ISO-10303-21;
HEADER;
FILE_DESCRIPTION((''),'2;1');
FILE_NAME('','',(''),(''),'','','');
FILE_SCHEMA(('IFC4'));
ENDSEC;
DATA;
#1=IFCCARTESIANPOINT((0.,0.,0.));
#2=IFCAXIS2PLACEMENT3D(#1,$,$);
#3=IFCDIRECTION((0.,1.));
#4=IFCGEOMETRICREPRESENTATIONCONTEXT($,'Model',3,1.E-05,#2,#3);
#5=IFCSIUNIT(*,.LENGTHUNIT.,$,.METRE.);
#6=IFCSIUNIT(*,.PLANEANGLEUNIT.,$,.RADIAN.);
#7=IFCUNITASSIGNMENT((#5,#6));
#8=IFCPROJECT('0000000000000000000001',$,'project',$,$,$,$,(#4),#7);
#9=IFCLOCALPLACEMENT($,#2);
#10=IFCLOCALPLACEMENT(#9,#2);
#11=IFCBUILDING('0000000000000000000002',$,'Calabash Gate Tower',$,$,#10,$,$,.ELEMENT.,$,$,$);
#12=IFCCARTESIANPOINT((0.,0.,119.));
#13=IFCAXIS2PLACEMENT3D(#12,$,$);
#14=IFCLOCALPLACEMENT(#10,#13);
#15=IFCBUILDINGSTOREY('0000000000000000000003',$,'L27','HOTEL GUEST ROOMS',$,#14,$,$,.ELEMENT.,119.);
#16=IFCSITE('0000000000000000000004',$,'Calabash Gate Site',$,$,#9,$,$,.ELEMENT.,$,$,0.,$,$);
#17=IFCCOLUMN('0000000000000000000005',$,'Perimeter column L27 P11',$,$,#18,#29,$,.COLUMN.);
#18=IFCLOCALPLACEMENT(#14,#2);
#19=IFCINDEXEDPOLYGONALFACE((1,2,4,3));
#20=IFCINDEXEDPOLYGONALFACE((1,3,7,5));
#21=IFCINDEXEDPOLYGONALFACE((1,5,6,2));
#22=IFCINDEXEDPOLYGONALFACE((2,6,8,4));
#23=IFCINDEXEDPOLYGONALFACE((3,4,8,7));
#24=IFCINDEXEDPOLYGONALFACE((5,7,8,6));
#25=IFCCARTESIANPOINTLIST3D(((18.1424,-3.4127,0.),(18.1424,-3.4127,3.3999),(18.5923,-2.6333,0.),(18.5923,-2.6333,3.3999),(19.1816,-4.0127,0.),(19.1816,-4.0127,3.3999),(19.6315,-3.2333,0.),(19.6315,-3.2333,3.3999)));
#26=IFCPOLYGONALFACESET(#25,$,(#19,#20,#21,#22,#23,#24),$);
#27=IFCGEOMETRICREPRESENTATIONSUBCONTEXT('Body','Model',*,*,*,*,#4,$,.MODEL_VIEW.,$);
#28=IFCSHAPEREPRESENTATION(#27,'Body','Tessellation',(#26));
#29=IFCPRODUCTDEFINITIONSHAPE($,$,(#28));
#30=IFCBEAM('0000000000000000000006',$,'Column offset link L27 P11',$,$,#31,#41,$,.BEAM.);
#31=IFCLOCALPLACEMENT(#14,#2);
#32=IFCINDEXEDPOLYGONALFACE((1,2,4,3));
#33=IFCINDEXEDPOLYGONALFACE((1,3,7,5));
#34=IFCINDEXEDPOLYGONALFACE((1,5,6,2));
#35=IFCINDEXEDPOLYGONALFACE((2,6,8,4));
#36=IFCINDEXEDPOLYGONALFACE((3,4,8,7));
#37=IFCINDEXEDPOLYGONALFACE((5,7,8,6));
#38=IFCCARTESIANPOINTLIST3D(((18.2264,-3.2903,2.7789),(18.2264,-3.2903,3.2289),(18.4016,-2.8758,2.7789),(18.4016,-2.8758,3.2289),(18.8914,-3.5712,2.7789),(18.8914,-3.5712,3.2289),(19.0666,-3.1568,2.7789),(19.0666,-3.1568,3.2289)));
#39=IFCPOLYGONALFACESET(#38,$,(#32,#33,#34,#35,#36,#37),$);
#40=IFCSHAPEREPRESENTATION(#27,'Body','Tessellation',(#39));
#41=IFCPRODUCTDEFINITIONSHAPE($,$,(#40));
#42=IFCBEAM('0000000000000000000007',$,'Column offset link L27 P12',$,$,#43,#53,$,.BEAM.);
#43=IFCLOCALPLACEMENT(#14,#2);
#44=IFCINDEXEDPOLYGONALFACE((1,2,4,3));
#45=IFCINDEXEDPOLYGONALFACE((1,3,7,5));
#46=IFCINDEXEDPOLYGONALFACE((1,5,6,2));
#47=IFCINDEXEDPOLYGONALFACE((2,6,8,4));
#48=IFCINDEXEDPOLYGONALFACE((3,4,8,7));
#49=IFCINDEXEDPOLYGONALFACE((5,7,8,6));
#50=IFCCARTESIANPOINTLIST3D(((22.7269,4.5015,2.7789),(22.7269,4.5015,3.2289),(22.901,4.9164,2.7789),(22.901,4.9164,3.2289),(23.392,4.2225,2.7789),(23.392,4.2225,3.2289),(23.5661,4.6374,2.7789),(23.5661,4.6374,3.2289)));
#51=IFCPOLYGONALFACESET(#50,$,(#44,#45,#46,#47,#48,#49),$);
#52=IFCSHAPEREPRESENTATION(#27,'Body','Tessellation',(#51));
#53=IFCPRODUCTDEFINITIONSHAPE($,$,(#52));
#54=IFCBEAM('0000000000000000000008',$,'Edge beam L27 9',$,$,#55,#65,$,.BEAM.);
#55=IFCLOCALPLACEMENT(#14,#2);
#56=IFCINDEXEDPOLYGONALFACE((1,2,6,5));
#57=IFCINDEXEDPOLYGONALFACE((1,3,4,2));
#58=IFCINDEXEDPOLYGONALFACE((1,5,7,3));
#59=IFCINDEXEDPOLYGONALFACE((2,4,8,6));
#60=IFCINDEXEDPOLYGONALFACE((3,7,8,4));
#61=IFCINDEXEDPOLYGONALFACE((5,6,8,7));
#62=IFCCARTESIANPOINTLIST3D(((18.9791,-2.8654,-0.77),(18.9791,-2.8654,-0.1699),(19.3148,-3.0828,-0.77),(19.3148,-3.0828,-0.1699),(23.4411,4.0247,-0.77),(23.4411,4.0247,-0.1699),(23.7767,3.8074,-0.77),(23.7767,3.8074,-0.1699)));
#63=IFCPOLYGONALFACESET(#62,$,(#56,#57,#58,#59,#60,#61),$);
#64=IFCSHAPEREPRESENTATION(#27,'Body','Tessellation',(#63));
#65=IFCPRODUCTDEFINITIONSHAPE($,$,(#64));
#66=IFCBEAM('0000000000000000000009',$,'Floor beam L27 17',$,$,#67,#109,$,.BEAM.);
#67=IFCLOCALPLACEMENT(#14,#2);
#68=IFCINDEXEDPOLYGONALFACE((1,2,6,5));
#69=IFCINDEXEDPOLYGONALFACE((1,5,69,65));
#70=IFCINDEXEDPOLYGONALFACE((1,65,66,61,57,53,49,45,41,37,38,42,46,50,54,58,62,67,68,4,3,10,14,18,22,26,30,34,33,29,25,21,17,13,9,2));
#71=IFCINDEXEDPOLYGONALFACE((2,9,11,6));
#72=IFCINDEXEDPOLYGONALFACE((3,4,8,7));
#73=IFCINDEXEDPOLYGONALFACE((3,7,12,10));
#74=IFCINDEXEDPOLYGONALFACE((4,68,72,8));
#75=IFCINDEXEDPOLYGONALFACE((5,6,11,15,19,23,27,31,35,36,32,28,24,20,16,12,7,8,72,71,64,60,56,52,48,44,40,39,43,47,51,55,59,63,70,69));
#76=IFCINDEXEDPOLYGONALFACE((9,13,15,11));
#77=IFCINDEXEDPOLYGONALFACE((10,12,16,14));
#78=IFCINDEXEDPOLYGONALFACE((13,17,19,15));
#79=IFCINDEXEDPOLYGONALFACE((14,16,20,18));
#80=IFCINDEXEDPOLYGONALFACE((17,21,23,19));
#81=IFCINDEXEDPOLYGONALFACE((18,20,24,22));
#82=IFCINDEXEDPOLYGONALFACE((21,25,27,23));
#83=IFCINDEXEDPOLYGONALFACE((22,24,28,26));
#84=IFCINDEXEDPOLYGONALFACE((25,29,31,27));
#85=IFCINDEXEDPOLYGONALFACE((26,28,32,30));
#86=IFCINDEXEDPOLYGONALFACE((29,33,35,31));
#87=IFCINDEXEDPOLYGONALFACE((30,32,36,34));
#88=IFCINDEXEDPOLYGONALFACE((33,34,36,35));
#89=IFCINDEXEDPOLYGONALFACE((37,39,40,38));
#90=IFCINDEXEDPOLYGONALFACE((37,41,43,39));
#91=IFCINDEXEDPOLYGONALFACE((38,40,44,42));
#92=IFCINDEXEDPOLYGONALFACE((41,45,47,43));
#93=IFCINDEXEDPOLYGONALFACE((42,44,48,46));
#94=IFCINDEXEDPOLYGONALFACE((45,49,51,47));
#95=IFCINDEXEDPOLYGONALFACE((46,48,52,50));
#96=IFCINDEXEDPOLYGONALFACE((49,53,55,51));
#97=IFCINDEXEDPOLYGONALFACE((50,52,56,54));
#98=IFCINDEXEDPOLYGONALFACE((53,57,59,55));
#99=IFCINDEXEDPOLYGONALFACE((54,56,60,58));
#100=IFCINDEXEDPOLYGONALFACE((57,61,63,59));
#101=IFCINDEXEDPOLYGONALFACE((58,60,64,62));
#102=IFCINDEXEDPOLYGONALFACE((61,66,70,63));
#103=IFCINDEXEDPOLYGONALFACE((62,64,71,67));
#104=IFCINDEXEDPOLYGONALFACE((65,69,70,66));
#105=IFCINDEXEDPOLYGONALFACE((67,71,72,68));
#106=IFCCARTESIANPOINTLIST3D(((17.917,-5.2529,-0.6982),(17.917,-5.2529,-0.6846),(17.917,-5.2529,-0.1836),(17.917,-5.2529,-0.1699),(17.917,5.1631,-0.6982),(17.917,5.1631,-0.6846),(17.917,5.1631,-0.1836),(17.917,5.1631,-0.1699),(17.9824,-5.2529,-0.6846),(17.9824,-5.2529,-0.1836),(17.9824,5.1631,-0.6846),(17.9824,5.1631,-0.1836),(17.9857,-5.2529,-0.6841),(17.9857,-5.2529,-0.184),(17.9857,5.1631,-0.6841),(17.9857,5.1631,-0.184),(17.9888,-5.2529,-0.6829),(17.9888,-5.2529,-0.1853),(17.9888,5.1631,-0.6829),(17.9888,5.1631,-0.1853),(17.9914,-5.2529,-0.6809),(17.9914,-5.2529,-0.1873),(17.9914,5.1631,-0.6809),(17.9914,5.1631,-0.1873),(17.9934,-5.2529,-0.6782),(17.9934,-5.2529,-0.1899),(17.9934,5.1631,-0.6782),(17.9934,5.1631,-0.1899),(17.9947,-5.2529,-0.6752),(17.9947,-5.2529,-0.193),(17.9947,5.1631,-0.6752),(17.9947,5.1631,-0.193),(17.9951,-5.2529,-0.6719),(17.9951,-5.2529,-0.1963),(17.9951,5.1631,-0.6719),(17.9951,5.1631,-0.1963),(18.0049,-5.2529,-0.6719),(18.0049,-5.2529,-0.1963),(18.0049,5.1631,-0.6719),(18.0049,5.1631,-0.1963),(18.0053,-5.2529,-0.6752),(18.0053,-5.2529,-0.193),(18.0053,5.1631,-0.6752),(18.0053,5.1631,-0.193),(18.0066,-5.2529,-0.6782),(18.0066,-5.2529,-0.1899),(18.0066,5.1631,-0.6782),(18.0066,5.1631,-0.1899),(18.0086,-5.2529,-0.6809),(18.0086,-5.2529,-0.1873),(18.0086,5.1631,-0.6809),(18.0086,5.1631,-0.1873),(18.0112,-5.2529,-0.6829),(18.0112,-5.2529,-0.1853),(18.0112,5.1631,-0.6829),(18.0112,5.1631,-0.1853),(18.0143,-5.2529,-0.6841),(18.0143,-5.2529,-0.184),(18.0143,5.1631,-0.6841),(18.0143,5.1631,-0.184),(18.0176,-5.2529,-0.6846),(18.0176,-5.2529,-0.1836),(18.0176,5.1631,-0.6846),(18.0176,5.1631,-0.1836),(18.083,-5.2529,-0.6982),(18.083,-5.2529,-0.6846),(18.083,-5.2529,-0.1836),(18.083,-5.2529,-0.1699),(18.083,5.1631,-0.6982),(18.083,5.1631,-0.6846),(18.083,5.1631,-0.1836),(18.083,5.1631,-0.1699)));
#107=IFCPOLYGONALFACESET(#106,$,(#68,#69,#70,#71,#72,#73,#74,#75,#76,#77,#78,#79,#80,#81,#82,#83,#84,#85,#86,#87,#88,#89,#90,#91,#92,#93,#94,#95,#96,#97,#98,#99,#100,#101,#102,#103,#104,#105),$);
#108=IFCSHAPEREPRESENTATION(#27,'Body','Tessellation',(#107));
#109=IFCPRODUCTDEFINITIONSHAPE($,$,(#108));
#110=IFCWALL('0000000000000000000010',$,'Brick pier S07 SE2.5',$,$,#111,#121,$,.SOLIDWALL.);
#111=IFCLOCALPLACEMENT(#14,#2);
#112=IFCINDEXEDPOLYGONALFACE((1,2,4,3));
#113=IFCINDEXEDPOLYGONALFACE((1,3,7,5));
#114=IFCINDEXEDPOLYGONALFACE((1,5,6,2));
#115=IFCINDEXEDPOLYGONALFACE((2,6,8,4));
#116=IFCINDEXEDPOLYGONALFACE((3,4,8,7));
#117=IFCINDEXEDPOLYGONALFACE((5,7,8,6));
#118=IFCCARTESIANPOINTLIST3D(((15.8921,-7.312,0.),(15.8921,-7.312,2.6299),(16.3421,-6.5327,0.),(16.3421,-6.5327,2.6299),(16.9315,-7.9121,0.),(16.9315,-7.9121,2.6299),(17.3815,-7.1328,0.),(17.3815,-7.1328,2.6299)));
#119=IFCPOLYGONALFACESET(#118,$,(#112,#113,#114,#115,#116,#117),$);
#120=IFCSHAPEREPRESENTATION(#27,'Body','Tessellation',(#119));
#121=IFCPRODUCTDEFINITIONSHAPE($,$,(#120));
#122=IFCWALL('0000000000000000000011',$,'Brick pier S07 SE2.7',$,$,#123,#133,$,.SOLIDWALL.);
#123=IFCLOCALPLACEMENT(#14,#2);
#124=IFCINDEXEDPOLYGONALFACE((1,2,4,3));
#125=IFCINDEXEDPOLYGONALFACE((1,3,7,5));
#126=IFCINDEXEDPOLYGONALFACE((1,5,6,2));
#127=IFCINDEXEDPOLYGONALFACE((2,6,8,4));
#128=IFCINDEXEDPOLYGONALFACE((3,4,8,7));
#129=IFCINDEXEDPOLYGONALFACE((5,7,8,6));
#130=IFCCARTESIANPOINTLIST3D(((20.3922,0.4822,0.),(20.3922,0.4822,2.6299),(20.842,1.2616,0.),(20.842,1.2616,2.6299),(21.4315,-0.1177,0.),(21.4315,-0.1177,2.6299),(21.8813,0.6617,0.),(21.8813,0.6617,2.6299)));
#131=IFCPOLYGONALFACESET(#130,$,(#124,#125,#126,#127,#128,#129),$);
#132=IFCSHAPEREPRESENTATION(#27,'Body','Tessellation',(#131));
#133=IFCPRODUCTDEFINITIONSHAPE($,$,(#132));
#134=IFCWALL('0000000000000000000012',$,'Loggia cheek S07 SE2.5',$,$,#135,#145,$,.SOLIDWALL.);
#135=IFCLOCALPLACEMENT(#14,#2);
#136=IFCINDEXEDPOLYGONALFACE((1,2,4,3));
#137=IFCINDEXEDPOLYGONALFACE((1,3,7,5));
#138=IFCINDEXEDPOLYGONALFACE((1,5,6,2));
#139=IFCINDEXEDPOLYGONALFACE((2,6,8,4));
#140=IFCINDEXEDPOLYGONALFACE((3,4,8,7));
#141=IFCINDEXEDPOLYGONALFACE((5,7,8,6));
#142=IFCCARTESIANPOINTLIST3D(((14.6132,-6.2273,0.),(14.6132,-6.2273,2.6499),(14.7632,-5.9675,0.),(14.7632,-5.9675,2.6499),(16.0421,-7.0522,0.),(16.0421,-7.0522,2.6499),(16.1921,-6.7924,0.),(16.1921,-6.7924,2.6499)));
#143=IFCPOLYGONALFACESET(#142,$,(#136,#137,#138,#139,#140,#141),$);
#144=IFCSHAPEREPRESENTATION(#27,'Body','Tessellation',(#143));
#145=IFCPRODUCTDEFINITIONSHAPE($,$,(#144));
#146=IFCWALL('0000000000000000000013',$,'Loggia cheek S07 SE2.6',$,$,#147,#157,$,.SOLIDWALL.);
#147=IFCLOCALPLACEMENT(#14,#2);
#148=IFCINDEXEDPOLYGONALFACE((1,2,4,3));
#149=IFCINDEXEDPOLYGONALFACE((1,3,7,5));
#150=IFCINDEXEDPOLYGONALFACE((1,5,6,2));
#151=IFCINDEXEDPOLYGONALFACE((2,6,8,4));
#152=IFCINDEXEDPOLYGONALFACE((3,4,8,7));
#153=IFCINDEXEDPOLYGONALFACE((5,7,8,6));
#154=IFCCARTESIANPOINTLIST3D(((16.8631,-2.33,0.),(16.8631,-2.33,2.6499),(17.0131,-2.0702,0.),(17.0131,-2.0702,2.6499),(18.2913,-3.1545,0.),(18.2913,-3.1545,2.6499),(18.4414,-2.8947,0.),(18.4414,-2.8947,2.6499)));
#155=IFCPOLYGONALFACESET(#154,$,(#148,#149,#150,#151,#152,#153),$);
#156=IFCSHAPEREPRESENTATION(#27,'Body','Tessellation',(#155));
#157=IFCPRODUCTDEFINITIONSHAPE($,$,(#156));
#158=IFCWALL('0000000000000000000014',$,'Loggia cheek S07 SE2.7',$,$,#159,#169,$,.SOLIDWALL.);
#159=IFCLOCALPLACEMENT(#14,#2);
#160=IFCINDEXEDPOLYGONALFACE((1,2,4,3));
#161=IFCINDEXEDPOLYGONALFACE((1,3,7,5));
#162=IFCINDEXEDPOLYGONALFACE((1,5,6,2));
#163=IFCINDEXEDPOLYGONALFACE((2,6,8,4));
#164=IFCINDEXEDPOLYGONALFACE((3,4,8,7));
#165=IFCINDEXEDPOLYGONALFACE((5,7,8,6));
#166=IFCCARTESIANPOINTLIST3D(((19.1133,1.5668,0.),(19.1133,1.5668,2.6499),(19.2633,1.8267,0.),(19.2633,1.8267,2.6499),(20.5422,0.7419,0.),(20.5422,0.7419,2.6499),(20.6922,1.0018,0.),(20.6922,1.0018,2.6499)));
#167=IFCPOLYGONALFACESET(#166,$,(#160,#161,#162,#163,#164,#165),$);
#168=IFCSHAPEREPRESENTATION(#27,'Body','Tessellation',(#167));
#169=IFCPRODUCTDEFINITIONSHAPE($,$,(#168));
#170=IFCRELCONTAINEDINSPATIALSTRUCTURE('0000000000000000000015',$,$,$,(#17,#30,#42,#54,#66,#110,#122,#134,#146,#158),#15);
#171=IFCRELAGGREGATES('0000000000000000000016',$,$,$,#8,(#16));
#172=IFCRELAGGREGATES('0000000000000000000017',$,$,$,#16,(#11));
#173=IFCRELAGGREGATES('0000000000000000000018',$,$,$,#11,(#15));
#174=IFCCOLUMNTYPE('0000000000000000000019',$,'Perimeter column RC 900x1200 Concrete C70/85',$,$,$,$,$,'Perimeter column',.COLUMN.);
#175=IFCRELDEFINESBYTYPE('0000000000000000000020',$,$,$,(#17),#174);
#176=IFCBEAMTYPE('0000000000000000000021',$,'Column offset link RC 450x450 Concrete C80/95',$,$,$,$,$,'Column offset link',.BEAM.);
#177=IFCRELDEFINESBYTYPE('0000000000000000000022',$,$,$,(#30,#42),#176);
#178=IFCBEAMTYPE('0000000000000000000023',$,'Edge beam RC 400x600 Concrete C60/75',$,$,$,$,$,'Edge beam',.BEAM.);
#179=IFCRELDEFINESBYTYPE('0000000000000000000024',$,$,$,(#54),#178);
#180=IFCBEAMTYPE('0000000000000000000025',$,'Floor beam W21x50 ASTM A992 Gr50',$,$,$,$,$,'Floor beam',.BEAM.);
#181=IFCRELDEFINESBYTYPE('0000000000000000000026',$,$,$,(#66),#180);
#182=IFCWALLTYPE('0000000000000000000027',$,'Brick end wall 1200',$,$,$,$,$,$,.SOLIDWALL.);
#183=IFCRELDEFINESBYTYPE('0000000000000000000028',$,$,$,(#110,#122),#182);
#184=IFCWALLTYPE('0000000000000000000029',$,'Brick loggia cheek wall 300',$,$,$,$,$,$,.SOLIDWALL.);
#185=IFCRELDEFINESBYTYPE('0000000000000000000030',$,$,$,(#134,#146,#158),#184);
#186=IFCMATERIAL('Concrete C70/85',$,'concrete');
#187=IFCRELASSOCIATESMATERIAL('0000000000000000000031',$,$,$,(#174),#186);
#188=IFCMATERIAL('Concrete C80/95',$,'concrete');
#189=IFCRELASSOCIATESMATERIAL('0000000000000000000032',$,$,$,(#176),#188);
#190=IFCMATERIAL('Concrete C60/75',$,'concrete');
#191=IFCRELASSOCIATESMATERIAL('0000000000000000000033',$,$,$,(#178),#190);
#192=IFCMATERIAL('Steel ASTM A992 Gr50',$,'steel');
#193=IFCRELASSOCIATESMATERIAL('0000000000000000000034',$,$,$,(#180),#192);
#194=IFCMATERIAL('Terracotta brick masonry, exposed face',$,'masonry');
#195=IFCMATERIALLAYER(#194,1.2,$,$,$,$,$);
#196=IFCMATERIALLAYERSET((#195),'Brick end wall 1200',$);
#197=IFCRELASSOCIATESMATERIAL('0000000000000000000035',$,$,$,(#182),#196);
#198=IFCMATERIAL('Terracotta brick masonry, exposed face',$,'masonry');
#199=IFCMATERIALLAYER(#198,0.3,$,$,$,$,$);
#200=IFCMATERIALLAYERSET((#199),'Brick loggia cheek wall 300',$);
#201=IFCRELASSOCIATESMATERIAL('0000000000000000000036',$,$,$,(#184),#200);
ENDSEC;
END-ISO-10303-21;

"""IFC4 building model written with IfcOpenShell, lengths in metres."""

from ifc_helpers import new_model, si_unit, direction, frame, frame_2d, origin, origin_2d, place, context, subcontext, project, spatial, rectangle, i_section, extrude, material, layer, layer_set, material_profile, profile_set, type_object, element, save


model = new_model("IFC4")

# Units and contexts
model_context = context("Model", 3, precision=1e-05, world=origin(), true_north=direction((0.0, 1.0)))
body_context = subcontext(model_context, "Body", "Model", "MODEL_VIEW")
ifc_project = project(units=[si_unit("LENGTHUNIT", "METRE"), si_unit("PLANEANGLEUNIT", "RADIAN")], contexts=[model_context])

# Site, building, storey
site_placement = place(None, origin())
site = spatial("IfcSite", under=ifc_project, at=site_placement, Name="Calabash Gate Site", CompositionType="ELEMENT", RefElevation=0.0)
building_placement = place(site_placement, origin())
building = spatial("IfcBuilding", under=site, at=building_placement, Name="Calabash Gate Tower", CompositionType="ELEMENT")
storey_placement = place(building_placement, frame((0.0, 0.0, 119.0)))
storey = spatial("IfcBuildingStorey", under=building, at=storey_placement, Name="L27", Description="HOTEL GUEST ROOMS", CompositionType="ELEMENT", Elevation=119.0)

# Column
ifc_material_1 = material(Name="Concrete C70/85", Category="concrete")
ifc_material_profile_1 = material_profile(ifc_material_1, rectangle(XDim=0.8999, YDim=1.2, at=origin_2d()))
ifc_profile_set_1 = profile_set([ifc_material_profile_1], Name="Concrete C70/85")
column_type = type_object("IfcColumnType", Name="Perimeter column RC 900x1200 Concrete C70/85", ElementType="Perimeter column", PredefinedType="COLUMN", material=ifc_profile_set_1)
column_placement = place(storey_placement, frame((18.887, -3.323, 0.0), z_axis=(0.0, 0.0, 1.0), x_axis=(0.5, 0.866025, 0.0)))
element("IfcColumn", 1, at=column_placement, inside=storey, type_object=column_type, Name="Perimeter column L27 P11", PredefinedType="COLUMN", context=body_context, shape_type="SweptSolid", body=[
    extrude(rectangle(XDim=0.8999, YDim=1.2, at=origin_2d()), origin(), (0.0, 0.0, 1.0), 3.3999),
])

# Beams
ifc_material_2 = material(Name="Concrete C80/95", Category="concrete")
ifc_material_profile_2 = material_profile(ifc_material_2, rectangle(XDim=0.45, YDim=0.45, at=origin_2d()))
ifc_profile_set_2 = profile_set([ifc_material_profile_2], Name="Concrete C80/95")
beam_type_1 = type_object("IfcBeamType", Name="Column offset link RC 450x450 Concrete C80/95", ElementType="Column offset link", PredefinedType="BEAM", material=ifc_profile_set_2)
beam_1_placement = place(storey_placement, frame((18.979, -3.364, 3.0039), z_axis=(-0.921145, 0.389221, 0.0), x_axis=(-0.389221, -0.921145, 0.0)))
element("IfcBeam", 2, at=beam_1_placement, inside=storey, type_object=beam_type_1, Name="Column offset link L27 P11", PredefinedType="BEAM", context=body_context, shape_type="SweptSolid", body=[
    extrude(rectangle(XDim=0.45, YDim=0.45, at=origin_2d()), origin(), (0.0, 0.0, 1.0), 0.7219),
])
beam_2_placement = place(storey_placement, frame((23.479, 4.4299, 3.0039), z_axis=(-0.922113, 0.386922, 0.0), x_axis=(-0.386922, -0.922113, 0.0)))
element("IfcBeam", 3, at=beam_2_placement, inside=storey, type_object=beam_type_1, Name="Column offset link L27 P12", PredefinedType="BEAM", context=body_context, shape_type="SweptSolid", body=[
    extrude(rectangle(XDim=0.45, YDim=0.45, at=origin_2d()), origin(), (0.0, 0.0, 1.0), 0.7212),
])
ifc_material_3 = material(Name="Concrete C60/75", Category="concrete")
ifc_material_profile_3 = material_profile(ifc_material_3, rectangle(XDim=0.3999, YDim=0.6001, at=origin_2d()))
ifc_profile_set_3 = profile_set([ifc_material_profile_3], Name="Concrete C60/75")
beam_type_2 = type_object("IfcBeamType", Name="Edge beam RC 400x600 Concrete C60/75", ElementType="Edge beam", PredefinedType="BEAM", material=ifc_profile_set_3)
beam_3_placement = place(storey_placement, frame((19.147, -2.9741, -0.47), z_axis=(0.54356, 0.839371, 0.0), x_axis=(-0.839371, 0.54356, 0.0)))
element("IfcBeam", 4, at=beam_3_placement, inside=storey, type_object=beam_type_2, Name="Edge beam L27 9", PredefinedType="BEAM", context=body_context, shape_type="SweptSolid", body=[
    extrude(rectangle(XDim=0.3999, YDim=0.6001, at=origin_2d()), origin(), (0.0, 0.0, 1.0), 8.2087),
])
ifc_material_4 = material(Name="Steel ASTM A992 Gr50", Category="steel")
ifc_material_profile_4 = material_profile(ifc_material_4, i_section(OverallWidth=0.166, OverallDepth=0.5283, WebThickness=0.0098, FlangeThickness=0.0137, FilletRadius=0.0127, at=origin_2d()))
ifc_profile_set_4 = profile_set([ifc_material_profile_4], Name="Steel ASTM A992 Gr50")
beam_type_3 = type_object("IfcBeamType", Name="Floor beam W21x50 ASTM A992 Gr50", ElementType="Floor beam", PredefinedType="BEAM", material=ifc_profile_set_4)
beam_4_placement = place(storey_placement, frame((18.0, -5.2529, -0.4341), z_axis=(0.0, 1.0, 0.0), x_axis=(-1.0, 0.0, 0.0)))
element("IfcBeam", 5, at=beam_4_placement, inside=storey, type_object=beam_type_3, Name="Floor beam L27 17", PredefinedType="BEAM", context=body_context, shape_type="SweptSolid", body=[
    extrude(i_section(OverallWidth=0.166, OverallDepth=0.5283, WebThickness=0.0098, FlangeThickness=0.0137, FilletRadius=0.0127, at=origin_2d()), origin(), (0.0, 0.0, 1.0), 10.416),
])

# Walls
ifc_material_5 = material(Name="Terracotta brick masonry, exposed face", Category="masonry")
ifc_layer_1 = layer(ifc_material_5, 1.2)
ifc_layer_set_1 = layer_set([ifc_layer_1], Name="Brick end wall 1200")
wall_type_1 = type_object("IfcWallType", Name="Brick end wall 1200", PredefinedType="SOLIDWALL", material=ifc_layer_set_1)
wall_1_placement = place(storey_placement, frame((17.1565, -7.5225, 0.0), z_axis=(0.0, 0.0, 1.0), x_axis=(-0.866006, 0.500034, 0.0)))
element("IfcWall", 6, at=wall_1_placement, inside=storey, type_object=wall_type_1, Name="Brick pier S07 SE2.5", PredefinedType="SOLIDWALL", context=body_context, shape_type="SweptSolid", body=[
    extrude(rectangle(XDim=1.2002, YDim=0.8999, at=frame_2d((0.6001, 0.0))), origin(), (0.0, 0.0, 1.0), 2.6299),
])
wall_2_placement = place(storey_placement, frame((21.6565, 0.272, 0.0), z_axis=(0.0, 0.0, 1.0), x_axis=(-0.866094, 0.499881, 0.0)))
element("IfcWall", 7, at=wall_2_placement, inside=storey, type_object=wall_type_1, Name="Brick pier S07 SE2.7", PredefinedType="SOLIDWALL", context=body_context, shape_type="SweptSolid", body=[
    extrude(rectangle(XDim=1.2, YDim=0.8999, at=frame_2d((0.6001, 0.0))), origin(), (0.0, 0.0, 1.0), 2.6299),
])
ifc_material_6 = material(Name="Terracotta brick masonry, exposed face", Category="masonry")
ifc_layer_2 = layer(ifc_material_6, 0.3)
ifc_layer_set_2 = layer_set([ifc_layer_2], Name="Brick loggia cheek wall 300")
wall_type_2 = type_object("IfcWallType", Name="Brick loggia cheek wall 300", PredefinedType="SOLIDWALL", material=ifc_layer_set_2)
wall_3_placement = place(storey_placement, frame((14.6882, -6.0974, 0.0), z_axis=(0.0, 0.0, 1.0), x_axis=(0.86604, -0.499974, 0.0)))
element("IfcWall", 8, at=wall_3_placement, inside=storey, type_object=wall_type_2, Name="Loggia cheek S07 SE2.5", PredefinedType="SOLIDWALL", context=body_context, shape_type="SweptSolid", body=[
    extrude(rectangle(XDim=1.6499, YDim=0.3, at=frame_2d((0.825, 0.0))), origin(), (0.0, 0.0, 1.0), 2.6499),
])
wall_4_placement = place(storey_placement, frame((18.3665, -3.0247, 0.0), z_axis=(0.0, 0.0, 1.0), x_axis=(-0.866057, 0.499945, 0.0)))
element("IfcWall", 9, at=wall_4_placement, inside=storey, type_object=wall_type_2, Name="Loggia cheek S07 SE2.6", PredefinedType="SOLIDWALL", context=body_context, shape_type="SweptSolid", body=[
    extrude(rectangle(XDim=1.6492, YDim=0.3, at=frame_2d((0.8247, 0.0))), origin(), (0.0, 0.0, 1.0), 2.6499),
])
wall_5_placement = place(storey_placement, frame((20.6172, 0.8718, 0.0), z_axis=(0.0, 0.0, 1.0), x_axis=(-0.86604, 0.499974, 0.0)))
element("IfcWall", 10, at=wall_5_placement, inside=storey, type_object=wall_type_2, Name="Loggia cheek S07 SE2.7", PredefinedType="SOLIDWALL", context=body_context, shape_type="SweptSolid", body=[
    extrude(rectangle(XDim=1.6499, YDim=0.3, at=frame_2d((0.825, 0.0))), origin(), (0.0, 0.0, 1.0), 2.6499),
])

save(model, "model.ifc")
